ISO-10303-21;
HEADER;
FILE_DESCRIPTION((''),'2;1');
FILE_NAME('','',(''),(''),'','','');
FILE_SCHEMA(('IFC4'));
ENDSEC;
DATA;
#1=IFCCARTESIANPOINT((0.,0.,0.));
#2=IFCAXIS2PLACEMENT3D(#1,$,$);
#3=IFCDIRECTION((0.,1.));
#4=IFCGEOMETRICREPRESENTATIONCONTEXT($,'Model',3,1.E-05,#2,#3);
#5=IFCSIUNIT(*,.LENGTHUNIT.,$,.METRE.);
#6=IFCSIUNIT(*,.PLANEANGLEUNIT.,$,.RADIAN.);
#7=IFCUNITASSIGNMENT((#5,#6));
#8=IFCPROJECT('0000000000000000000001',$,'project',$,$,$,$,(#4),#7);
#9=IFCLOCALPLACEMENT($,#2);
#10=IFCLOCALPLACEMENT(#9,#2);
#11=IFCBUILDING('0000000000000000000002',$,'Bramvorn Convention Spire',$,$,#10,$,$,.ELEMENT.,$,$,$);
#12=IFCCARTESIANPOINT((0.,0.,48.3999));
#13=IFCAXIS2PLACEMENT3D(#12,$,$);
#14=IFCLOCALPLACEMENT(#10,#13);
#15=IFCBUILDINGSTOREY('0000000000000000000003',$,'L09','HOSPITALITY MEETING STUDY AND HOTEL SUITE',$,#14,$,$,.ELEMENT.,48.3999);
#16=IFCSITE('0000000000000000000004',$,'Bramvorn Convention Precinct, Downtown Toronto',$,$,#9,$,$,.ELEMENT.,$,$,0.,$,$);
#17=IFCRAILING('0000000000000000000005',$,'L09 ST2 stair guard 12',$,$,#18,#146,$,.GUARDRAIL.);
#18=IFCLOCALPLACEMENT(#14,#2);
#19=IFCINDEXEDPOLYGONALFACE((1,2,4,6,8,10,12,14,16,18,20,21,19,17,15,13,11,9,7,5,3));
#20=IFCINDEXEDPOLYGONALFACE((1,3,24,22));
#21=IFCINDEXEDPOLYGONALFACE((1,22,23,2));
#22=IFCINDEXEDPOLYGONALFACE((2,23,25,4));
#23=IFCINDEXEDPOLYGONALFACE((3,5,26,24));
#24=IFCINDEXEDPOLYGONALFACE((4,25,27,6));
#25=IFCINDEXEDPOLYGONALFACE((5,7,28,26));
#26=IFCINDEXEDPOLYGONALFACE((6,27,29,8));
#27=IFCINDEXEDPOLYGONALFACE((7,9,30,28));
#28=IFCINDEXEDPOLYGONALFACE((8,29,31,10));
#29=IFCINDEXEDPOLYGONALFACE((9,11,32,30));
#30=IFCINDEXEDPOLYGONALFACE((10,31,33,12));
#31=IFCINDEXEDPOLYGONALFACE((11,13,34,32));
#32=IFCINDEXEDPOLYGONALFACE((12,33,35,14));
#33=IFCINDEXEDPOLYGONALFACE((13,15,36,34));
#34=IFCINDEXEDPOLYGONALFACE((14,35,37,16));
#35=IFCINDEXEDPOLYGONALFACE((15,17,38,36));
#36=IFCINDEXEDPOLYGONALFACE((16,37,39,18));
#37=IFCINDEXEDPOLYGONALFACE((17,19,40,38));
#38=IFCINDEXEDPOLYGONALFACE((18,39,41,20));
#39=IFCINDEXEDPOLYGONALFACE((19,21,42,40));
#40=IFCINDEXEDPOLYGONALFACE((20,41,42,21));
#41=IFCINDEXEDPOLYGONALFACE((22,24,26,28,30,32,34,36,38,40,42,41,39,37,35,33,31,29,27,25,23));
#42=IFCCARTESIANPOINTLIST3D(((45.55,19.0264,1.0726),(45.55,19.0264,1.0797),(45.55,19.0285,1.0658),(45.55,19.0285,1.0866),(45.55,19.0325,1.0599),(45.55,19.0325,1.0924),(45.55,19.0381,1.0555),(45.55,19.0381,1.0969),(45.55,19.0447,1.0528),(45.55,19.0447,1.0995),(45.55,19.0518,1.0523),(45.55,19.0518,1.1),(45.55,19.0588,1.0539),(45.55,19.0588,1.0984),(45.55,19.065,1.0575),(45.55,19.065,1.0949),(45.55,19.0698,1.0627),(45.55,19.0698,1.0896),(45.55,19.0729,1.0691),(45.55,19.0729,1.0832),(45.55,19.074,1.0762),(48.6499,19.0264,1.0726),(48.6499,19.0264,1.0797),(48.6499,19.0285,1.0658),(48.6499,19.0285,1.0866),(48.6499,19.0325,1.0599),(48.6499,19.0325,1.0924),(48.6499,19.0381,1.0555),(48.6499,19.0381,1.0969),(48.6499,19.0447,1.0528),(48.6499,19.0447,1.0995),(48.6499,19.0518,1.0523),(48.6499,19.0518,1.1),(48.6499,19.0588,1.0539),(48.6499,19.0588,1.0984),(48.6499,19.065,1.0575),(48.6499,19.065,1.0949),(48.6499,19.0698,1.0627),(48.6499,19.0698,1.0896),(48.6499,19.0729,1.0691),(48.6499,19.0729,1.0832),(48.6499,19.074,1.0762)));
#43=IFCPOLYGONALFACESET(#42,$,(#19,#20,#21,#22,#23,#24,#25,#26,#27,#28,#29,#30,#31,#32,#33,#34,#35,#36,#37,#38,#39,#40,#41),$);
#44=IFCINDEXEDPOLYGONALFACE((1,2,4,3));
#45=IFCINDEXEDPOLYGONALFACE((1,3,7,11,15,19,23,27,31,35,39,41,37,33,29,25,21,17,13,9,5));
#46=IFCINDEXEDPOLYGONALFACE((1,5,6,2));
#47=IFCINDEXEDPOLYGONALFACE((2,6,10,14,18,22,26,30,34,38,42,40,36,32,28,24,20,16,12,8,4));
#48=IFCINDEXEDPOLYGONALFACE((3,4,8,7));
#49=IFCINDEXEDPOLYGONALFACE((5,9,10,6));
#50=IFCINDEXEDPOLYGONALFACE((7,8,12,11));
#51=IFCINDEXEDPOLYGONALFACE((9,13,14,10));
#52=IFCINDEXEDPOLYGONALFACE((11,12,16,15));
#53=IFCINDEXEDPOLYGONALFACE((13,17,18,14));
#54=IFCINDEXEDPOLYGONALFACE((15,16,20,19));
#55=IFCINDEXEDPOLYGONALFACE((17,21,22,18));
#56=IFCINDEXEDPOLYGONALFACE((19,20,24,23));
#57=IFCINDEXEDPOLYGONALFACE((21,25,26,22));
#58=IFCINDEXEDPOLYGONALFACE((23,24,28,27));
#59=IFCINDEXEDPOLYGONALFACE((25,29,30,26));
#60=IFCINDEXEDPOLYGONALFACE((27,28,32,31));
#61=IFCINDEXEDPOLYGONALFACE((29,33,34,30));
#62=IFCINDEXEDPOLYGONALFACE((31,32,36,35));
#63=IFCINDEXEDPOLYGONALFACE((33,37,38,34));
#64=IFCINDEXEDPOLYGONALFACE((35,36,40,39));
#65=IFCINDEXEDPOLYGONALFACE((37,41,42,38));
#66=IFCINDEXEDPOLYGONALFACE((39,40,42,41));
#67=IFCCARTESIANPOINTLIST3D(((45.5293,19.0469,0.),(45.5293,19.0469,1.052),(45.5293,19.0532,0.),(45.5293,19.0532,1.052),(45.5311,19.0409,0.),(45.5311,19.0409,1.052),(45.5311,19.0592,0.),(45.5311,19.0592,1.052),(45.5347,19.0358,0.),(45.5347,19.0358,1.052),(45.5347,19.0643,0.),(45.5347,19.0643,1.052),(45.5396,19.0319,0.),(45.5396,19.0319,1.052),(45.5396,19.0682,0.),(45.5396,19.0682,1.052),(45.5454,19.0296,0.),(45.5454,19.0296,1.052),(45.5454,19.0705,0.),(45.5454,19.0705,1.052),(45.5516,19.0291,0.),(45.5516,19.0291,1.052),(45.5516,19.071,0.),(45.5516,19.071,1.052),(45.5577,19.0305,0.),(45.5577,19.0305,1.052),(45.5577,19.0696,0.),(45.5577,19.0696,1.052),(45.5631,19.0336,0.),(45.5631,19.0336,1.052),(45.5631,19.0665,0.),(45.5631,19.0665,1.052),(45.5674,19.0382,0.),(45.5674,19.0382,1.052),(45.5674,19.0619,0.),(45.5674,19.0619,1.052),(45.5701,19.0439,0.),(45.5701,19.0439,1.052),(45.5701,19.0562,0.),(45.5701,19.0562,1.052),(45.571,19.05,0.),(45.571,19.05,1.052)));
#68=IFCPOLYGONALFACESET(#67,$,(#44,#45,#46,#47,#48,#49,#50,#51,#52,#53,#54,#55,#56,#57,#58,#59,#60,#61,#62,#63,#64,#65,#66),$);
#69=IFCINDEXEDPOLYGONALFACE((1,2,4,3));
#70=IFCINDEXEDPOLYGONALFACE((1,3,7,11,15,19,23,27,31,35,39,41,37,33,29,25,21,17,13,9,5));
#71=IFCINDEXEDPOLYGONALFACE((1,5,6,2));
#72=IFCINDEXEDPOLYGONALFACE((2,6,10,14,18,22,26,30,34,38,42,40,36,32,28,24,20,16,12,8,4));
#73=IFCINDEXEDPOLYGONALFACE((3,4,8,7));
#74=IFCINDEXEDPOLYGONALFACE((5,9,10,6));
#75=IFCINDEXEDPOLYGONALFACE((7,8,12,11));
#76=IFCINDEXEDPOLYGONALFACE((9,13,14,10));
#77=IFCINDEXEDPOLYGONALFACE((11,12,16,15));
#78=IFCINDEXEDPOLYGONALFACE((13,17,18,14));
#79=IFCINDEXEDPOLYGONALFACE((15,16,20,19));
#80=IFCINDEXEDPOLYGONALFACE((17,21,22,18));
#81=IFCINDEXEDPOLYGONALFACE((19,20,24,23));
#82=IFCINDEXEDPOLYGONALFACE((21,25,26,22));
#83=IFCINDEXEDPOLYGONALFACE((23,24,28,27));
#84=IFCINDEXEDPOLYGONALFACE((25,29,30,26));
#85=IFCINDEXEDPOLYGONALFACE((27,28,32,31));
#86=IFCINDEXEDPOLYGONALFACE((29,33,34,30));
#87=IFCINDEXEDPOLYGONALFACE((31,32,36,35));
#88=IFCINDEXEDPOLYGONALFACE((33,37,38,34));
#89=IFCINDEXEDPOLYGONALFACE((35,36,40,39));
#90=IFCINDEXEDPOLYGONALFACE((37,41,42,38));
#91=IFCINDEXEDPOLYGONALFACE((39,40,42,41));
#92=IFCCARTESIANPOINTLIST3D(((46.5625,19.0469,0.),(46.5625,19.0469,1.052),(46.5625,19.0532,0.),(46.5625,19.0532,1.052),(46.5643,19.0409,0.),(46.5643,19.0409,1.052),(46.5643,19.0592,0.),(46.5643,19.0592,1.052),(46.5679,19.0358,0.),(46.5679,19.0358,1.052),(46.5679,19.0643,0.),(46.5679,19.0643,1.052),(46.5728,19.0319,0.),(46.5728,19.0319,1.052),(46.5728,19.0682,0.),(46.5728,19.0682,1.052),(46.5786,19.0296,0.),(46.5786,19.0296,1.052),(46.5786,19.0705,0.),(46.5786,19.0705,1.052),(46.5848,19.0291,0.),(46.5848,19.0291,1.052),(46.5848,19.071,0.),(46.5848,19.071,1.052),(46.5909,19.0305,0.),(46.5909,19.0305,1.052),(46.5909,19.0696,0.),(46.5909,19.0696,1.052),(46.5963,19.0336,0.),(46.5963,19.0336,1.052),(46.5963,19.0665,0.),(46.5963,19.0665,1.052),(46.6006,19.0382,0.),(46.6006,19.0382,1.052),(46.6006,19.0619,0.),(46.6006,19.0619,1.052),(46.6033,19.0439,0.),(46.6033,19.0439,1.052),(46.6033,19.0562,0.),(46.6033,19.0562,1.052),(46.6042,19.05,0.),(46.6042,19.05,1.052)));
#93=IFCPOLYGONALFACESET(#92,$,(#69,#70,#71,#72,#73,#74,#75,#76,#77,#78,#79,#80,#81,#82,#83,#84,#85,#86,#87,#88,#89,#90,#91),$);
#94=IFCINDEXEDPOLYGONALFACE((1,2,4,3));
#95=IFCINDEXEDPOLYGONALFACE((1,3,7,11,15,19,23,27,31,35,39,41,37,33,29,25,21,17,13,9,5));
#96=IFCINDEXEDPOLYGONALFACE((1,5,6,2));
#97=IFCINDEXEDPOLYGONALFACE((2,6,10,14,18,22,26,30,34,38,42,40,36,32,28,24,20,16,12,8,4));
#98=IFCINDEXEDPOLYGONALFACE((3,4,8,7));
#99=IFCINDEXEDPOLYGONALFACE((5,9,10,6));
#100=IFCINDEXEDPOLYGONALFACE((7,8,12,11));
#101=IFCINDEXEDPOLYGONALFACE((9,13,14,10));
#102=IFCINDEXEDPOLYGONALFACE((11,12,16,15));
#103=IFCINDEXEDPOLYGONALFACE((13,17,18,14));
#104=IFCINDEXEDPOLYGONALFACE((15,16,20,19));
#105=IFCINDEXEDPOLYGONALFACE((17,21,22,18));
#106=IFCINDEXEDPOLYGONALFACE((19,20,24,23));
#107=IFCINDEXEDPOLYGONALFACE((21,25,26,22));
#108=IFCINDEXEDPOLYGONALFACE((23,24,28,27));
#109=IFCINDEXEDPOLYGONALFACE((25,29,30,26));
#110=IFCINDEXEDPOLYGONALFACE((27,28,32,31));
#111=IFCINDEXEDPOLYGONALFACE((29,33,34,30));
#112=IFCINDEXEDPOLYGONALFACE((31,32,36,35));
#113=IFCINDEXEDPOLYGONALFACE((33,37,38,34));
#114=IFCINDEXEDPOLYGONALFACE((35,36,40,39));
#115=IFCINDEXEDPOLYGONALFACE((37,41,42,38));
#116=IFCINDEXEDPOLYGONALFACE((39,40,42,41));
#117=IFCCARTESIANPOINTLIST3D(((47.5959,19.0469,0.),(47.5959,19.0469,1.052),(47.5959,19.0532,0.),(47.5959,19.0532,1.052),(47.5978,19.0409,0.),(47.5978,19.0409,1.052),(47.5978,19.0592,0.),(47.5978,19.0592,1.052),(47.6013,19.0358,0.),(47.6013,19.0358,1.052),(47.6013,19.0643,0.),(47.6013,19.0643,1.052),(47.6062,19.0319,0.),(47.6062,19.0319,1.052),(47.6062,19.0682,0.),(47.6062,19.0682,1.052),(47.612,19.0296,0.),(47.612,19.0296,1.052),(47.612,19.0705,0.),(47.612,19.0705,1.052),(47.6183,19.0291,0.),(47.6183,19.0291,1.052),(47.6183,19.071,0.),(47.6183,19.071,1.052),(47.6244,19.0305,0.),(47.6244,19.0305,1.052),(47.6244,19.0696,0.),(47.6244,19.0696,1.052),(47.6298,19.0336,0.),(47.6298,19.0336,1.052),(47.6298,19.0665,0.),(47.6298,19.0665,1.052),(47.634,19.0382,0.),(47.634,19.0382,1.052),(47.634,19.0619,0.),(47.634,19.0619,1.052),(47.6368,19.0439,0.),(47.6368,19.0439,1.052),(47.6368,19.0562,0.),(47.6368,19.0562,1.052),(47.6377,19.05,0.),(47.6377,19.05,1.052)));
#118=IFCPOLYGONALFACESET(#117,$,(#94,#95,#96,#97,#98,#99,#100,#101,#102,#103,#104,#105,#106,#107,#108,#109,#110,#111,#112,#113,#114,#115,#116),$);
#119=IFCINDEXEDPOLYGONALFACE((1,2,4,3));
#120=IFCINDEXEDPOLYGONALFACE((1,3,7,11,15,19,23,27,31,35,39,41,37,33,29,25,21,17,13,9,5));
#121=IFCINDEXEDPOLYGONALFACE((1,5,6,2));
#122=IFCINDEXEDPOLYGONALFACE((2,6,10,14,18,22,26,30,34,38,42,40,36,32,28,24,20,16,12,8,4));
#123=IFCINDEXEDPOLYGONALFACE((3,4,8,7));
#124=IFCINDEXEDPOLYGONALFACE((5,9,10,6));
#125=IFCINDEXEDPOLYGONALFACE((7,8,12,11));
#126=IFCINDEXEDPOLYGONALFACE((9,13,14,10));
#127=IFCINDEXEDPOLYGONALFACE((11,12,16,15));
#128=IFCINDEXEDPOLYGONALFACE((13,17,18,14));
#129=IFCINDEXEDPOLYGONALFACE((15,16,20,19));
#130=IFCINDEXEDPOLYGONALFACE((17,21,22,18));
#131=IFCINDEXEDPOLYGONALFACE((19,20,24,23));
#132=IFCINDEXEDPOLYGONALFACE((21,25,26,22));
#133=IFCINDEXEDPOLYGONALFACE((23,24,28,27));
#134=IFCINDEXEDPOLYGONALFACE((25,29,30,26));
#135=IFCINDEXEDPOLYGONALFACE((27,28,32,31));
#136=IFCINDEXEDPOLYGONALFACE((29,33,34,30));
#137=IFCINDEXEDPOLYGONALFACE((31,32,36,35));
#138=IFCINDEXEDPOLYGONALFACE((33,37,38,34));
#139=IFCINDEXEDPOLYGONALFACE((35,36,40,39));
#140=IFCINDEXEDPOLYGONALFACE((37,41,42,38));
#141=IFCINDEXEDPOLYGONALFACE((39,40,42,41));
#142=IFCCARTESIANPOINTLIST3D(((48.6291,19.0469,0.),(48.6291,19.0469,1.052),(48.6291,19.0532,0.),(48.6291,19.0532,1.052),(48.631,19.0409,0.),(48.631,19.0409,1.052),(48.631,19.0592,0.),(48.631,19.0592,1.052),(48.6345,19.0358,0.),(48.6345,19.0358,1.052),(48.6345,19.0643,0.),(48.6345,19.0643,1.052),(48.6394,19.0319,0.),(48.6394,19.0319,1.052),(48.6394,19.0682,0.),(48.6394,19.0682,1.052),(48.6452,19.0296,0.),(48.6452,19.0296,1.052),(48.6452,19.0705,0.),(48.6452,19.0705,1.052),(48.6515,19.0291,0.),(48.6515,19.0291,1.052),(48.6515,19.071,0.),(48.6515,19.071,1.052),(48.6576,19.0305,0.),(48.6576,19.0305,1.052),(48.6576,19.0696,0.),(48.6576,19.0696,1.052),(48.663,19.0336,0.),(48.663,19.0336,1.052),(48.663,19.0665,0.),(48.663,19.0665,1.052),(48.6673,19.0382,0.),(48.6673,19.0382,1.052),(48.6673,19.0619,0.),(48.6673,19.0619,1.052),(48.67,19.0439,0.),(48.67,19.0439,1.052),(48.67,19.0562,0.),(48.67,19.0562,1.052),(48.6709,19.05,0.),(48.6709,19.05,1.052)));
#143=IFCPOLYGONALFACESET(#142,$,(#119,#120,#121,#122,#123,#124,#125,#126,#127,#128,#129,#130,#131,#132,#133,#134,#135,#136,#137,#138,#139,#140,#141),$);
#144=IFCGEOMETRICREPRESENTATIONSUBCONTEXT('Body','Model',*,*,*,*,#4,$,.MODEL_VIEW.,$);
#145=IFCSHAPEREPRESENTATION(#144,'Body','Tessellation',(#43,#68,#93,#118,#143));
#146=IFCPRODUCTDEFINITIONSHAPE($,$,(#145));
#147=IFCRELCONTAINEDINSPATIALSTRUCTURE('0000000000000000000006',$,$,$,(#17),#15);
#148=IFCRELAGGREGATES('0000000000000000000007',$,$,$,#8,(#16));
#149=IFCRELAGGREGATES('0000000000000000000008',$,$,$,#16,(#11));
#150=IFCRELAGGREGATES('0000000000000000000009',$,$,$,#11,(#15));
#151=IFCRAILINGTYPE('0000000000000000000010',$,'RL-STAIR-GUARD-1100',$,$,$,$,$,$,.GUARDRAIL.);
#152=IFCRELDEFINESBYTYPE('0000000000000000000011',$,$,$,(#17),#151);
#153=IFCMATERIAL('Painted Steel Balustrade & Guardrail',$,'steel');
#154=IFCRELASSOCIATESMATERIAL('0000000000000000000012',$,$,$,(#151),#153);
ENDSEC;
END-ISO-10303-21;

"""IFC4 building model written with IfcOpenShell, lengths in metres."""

from ifc_helpers import new_model, si_unit, direction, frame, origin, origin_2d, place, context, subcontext, project, spatial, circle, extrude, material, type_object, element, save


model = new_model("IFC4")

# Units and contexts
model_context = context("Model", 3, precision=1e-05, world=origin(), true_north=direction((0.0, 1.0)))
body_context = subcontext(model_context, "Body", "Model", "MODEL_VIEW")
ifc_project = project(units=[si_unit("LENGTHUNIT", "METRE"), si_unit("PLANEANGLEUNIT", "RADIAN")], contexts=[model_context])

# Site, building, storey
site_placement = place(None, origin())
site = spatial("IfcSite", under=ifc_project, at=site_placement, Name="Bramvorn Convention Precinct, Downtown Toronto", CompositionType="ELEMENT", RefElevation=0.0)
building_placement = place(site_placement, origin())
building = spatial("IfcBuilding", under=site, at=building_placement, Name="Bramvorn Convention Spire", CompositionType="ELEMENT")
storey_placement = place(building_placement, frame((0.0, 0.0, 48.3999)))
storey = spatial("IfcBuildingStorey", under=building, at=storey_placement, Name="L09", Description="HOSPITALITY MEETING STUDY AND HOTEL SUITE", CompositionType="ELEMENT", Elevation=48.3999)

# Railing
ifc_material_1 = material(Name="Painted Steel Balustrade & Guardrail", Category="steel")
railing_type = type_object("IfcRailingType", Name="RL-STAIR-GUARD-1100", PredefinedType="GUARDRAIL", material=ifc_material_1)
railing_1_placement = place(storey_placement, frame((45.55, 19.05, 0.0)))
element("IfcRailing", 1, at=railing_1_placement, inside=storey, type_object=railing_type, Name="L09 ST2 stair guard 12", PredefinedType="GUARDRAIL", context=body_context, shape_type="SweptSolid", body=[
    extrude(circle(Radius=0.0239, at=origin_2d()), frame((0.0, 0.0, 1.0762), z_axis=(1.0, 0.0, 0.0), x_axis=(0.0, 1.0, 0.0)), (0.0, 0.0, 1.0), 3.0999),
    extrude(circle(Radius=0.021, at=origin_2d()), origin(), (0.0, 0.0, 1.0), 1.052),
    extrude(circle(Radius=0.021, at=origin_2d()), frame((1.0332, 0.0, 0.0)), (0.0, 0.0, 1.0), 1.052),
    extrude(circle(Radius=0.021, at=origin_2d()), frame((2.0667, 0.0, 0.0)), (0.0, 0.0, 1.0), 1.052),
    extrude(circle(Radius=0.021, at=origin_2d()), frame((3.0999, 0.0, 0.0)), (0.0, 0.0, 1.0), 1.052),
])

save(model, "model.ifc")
